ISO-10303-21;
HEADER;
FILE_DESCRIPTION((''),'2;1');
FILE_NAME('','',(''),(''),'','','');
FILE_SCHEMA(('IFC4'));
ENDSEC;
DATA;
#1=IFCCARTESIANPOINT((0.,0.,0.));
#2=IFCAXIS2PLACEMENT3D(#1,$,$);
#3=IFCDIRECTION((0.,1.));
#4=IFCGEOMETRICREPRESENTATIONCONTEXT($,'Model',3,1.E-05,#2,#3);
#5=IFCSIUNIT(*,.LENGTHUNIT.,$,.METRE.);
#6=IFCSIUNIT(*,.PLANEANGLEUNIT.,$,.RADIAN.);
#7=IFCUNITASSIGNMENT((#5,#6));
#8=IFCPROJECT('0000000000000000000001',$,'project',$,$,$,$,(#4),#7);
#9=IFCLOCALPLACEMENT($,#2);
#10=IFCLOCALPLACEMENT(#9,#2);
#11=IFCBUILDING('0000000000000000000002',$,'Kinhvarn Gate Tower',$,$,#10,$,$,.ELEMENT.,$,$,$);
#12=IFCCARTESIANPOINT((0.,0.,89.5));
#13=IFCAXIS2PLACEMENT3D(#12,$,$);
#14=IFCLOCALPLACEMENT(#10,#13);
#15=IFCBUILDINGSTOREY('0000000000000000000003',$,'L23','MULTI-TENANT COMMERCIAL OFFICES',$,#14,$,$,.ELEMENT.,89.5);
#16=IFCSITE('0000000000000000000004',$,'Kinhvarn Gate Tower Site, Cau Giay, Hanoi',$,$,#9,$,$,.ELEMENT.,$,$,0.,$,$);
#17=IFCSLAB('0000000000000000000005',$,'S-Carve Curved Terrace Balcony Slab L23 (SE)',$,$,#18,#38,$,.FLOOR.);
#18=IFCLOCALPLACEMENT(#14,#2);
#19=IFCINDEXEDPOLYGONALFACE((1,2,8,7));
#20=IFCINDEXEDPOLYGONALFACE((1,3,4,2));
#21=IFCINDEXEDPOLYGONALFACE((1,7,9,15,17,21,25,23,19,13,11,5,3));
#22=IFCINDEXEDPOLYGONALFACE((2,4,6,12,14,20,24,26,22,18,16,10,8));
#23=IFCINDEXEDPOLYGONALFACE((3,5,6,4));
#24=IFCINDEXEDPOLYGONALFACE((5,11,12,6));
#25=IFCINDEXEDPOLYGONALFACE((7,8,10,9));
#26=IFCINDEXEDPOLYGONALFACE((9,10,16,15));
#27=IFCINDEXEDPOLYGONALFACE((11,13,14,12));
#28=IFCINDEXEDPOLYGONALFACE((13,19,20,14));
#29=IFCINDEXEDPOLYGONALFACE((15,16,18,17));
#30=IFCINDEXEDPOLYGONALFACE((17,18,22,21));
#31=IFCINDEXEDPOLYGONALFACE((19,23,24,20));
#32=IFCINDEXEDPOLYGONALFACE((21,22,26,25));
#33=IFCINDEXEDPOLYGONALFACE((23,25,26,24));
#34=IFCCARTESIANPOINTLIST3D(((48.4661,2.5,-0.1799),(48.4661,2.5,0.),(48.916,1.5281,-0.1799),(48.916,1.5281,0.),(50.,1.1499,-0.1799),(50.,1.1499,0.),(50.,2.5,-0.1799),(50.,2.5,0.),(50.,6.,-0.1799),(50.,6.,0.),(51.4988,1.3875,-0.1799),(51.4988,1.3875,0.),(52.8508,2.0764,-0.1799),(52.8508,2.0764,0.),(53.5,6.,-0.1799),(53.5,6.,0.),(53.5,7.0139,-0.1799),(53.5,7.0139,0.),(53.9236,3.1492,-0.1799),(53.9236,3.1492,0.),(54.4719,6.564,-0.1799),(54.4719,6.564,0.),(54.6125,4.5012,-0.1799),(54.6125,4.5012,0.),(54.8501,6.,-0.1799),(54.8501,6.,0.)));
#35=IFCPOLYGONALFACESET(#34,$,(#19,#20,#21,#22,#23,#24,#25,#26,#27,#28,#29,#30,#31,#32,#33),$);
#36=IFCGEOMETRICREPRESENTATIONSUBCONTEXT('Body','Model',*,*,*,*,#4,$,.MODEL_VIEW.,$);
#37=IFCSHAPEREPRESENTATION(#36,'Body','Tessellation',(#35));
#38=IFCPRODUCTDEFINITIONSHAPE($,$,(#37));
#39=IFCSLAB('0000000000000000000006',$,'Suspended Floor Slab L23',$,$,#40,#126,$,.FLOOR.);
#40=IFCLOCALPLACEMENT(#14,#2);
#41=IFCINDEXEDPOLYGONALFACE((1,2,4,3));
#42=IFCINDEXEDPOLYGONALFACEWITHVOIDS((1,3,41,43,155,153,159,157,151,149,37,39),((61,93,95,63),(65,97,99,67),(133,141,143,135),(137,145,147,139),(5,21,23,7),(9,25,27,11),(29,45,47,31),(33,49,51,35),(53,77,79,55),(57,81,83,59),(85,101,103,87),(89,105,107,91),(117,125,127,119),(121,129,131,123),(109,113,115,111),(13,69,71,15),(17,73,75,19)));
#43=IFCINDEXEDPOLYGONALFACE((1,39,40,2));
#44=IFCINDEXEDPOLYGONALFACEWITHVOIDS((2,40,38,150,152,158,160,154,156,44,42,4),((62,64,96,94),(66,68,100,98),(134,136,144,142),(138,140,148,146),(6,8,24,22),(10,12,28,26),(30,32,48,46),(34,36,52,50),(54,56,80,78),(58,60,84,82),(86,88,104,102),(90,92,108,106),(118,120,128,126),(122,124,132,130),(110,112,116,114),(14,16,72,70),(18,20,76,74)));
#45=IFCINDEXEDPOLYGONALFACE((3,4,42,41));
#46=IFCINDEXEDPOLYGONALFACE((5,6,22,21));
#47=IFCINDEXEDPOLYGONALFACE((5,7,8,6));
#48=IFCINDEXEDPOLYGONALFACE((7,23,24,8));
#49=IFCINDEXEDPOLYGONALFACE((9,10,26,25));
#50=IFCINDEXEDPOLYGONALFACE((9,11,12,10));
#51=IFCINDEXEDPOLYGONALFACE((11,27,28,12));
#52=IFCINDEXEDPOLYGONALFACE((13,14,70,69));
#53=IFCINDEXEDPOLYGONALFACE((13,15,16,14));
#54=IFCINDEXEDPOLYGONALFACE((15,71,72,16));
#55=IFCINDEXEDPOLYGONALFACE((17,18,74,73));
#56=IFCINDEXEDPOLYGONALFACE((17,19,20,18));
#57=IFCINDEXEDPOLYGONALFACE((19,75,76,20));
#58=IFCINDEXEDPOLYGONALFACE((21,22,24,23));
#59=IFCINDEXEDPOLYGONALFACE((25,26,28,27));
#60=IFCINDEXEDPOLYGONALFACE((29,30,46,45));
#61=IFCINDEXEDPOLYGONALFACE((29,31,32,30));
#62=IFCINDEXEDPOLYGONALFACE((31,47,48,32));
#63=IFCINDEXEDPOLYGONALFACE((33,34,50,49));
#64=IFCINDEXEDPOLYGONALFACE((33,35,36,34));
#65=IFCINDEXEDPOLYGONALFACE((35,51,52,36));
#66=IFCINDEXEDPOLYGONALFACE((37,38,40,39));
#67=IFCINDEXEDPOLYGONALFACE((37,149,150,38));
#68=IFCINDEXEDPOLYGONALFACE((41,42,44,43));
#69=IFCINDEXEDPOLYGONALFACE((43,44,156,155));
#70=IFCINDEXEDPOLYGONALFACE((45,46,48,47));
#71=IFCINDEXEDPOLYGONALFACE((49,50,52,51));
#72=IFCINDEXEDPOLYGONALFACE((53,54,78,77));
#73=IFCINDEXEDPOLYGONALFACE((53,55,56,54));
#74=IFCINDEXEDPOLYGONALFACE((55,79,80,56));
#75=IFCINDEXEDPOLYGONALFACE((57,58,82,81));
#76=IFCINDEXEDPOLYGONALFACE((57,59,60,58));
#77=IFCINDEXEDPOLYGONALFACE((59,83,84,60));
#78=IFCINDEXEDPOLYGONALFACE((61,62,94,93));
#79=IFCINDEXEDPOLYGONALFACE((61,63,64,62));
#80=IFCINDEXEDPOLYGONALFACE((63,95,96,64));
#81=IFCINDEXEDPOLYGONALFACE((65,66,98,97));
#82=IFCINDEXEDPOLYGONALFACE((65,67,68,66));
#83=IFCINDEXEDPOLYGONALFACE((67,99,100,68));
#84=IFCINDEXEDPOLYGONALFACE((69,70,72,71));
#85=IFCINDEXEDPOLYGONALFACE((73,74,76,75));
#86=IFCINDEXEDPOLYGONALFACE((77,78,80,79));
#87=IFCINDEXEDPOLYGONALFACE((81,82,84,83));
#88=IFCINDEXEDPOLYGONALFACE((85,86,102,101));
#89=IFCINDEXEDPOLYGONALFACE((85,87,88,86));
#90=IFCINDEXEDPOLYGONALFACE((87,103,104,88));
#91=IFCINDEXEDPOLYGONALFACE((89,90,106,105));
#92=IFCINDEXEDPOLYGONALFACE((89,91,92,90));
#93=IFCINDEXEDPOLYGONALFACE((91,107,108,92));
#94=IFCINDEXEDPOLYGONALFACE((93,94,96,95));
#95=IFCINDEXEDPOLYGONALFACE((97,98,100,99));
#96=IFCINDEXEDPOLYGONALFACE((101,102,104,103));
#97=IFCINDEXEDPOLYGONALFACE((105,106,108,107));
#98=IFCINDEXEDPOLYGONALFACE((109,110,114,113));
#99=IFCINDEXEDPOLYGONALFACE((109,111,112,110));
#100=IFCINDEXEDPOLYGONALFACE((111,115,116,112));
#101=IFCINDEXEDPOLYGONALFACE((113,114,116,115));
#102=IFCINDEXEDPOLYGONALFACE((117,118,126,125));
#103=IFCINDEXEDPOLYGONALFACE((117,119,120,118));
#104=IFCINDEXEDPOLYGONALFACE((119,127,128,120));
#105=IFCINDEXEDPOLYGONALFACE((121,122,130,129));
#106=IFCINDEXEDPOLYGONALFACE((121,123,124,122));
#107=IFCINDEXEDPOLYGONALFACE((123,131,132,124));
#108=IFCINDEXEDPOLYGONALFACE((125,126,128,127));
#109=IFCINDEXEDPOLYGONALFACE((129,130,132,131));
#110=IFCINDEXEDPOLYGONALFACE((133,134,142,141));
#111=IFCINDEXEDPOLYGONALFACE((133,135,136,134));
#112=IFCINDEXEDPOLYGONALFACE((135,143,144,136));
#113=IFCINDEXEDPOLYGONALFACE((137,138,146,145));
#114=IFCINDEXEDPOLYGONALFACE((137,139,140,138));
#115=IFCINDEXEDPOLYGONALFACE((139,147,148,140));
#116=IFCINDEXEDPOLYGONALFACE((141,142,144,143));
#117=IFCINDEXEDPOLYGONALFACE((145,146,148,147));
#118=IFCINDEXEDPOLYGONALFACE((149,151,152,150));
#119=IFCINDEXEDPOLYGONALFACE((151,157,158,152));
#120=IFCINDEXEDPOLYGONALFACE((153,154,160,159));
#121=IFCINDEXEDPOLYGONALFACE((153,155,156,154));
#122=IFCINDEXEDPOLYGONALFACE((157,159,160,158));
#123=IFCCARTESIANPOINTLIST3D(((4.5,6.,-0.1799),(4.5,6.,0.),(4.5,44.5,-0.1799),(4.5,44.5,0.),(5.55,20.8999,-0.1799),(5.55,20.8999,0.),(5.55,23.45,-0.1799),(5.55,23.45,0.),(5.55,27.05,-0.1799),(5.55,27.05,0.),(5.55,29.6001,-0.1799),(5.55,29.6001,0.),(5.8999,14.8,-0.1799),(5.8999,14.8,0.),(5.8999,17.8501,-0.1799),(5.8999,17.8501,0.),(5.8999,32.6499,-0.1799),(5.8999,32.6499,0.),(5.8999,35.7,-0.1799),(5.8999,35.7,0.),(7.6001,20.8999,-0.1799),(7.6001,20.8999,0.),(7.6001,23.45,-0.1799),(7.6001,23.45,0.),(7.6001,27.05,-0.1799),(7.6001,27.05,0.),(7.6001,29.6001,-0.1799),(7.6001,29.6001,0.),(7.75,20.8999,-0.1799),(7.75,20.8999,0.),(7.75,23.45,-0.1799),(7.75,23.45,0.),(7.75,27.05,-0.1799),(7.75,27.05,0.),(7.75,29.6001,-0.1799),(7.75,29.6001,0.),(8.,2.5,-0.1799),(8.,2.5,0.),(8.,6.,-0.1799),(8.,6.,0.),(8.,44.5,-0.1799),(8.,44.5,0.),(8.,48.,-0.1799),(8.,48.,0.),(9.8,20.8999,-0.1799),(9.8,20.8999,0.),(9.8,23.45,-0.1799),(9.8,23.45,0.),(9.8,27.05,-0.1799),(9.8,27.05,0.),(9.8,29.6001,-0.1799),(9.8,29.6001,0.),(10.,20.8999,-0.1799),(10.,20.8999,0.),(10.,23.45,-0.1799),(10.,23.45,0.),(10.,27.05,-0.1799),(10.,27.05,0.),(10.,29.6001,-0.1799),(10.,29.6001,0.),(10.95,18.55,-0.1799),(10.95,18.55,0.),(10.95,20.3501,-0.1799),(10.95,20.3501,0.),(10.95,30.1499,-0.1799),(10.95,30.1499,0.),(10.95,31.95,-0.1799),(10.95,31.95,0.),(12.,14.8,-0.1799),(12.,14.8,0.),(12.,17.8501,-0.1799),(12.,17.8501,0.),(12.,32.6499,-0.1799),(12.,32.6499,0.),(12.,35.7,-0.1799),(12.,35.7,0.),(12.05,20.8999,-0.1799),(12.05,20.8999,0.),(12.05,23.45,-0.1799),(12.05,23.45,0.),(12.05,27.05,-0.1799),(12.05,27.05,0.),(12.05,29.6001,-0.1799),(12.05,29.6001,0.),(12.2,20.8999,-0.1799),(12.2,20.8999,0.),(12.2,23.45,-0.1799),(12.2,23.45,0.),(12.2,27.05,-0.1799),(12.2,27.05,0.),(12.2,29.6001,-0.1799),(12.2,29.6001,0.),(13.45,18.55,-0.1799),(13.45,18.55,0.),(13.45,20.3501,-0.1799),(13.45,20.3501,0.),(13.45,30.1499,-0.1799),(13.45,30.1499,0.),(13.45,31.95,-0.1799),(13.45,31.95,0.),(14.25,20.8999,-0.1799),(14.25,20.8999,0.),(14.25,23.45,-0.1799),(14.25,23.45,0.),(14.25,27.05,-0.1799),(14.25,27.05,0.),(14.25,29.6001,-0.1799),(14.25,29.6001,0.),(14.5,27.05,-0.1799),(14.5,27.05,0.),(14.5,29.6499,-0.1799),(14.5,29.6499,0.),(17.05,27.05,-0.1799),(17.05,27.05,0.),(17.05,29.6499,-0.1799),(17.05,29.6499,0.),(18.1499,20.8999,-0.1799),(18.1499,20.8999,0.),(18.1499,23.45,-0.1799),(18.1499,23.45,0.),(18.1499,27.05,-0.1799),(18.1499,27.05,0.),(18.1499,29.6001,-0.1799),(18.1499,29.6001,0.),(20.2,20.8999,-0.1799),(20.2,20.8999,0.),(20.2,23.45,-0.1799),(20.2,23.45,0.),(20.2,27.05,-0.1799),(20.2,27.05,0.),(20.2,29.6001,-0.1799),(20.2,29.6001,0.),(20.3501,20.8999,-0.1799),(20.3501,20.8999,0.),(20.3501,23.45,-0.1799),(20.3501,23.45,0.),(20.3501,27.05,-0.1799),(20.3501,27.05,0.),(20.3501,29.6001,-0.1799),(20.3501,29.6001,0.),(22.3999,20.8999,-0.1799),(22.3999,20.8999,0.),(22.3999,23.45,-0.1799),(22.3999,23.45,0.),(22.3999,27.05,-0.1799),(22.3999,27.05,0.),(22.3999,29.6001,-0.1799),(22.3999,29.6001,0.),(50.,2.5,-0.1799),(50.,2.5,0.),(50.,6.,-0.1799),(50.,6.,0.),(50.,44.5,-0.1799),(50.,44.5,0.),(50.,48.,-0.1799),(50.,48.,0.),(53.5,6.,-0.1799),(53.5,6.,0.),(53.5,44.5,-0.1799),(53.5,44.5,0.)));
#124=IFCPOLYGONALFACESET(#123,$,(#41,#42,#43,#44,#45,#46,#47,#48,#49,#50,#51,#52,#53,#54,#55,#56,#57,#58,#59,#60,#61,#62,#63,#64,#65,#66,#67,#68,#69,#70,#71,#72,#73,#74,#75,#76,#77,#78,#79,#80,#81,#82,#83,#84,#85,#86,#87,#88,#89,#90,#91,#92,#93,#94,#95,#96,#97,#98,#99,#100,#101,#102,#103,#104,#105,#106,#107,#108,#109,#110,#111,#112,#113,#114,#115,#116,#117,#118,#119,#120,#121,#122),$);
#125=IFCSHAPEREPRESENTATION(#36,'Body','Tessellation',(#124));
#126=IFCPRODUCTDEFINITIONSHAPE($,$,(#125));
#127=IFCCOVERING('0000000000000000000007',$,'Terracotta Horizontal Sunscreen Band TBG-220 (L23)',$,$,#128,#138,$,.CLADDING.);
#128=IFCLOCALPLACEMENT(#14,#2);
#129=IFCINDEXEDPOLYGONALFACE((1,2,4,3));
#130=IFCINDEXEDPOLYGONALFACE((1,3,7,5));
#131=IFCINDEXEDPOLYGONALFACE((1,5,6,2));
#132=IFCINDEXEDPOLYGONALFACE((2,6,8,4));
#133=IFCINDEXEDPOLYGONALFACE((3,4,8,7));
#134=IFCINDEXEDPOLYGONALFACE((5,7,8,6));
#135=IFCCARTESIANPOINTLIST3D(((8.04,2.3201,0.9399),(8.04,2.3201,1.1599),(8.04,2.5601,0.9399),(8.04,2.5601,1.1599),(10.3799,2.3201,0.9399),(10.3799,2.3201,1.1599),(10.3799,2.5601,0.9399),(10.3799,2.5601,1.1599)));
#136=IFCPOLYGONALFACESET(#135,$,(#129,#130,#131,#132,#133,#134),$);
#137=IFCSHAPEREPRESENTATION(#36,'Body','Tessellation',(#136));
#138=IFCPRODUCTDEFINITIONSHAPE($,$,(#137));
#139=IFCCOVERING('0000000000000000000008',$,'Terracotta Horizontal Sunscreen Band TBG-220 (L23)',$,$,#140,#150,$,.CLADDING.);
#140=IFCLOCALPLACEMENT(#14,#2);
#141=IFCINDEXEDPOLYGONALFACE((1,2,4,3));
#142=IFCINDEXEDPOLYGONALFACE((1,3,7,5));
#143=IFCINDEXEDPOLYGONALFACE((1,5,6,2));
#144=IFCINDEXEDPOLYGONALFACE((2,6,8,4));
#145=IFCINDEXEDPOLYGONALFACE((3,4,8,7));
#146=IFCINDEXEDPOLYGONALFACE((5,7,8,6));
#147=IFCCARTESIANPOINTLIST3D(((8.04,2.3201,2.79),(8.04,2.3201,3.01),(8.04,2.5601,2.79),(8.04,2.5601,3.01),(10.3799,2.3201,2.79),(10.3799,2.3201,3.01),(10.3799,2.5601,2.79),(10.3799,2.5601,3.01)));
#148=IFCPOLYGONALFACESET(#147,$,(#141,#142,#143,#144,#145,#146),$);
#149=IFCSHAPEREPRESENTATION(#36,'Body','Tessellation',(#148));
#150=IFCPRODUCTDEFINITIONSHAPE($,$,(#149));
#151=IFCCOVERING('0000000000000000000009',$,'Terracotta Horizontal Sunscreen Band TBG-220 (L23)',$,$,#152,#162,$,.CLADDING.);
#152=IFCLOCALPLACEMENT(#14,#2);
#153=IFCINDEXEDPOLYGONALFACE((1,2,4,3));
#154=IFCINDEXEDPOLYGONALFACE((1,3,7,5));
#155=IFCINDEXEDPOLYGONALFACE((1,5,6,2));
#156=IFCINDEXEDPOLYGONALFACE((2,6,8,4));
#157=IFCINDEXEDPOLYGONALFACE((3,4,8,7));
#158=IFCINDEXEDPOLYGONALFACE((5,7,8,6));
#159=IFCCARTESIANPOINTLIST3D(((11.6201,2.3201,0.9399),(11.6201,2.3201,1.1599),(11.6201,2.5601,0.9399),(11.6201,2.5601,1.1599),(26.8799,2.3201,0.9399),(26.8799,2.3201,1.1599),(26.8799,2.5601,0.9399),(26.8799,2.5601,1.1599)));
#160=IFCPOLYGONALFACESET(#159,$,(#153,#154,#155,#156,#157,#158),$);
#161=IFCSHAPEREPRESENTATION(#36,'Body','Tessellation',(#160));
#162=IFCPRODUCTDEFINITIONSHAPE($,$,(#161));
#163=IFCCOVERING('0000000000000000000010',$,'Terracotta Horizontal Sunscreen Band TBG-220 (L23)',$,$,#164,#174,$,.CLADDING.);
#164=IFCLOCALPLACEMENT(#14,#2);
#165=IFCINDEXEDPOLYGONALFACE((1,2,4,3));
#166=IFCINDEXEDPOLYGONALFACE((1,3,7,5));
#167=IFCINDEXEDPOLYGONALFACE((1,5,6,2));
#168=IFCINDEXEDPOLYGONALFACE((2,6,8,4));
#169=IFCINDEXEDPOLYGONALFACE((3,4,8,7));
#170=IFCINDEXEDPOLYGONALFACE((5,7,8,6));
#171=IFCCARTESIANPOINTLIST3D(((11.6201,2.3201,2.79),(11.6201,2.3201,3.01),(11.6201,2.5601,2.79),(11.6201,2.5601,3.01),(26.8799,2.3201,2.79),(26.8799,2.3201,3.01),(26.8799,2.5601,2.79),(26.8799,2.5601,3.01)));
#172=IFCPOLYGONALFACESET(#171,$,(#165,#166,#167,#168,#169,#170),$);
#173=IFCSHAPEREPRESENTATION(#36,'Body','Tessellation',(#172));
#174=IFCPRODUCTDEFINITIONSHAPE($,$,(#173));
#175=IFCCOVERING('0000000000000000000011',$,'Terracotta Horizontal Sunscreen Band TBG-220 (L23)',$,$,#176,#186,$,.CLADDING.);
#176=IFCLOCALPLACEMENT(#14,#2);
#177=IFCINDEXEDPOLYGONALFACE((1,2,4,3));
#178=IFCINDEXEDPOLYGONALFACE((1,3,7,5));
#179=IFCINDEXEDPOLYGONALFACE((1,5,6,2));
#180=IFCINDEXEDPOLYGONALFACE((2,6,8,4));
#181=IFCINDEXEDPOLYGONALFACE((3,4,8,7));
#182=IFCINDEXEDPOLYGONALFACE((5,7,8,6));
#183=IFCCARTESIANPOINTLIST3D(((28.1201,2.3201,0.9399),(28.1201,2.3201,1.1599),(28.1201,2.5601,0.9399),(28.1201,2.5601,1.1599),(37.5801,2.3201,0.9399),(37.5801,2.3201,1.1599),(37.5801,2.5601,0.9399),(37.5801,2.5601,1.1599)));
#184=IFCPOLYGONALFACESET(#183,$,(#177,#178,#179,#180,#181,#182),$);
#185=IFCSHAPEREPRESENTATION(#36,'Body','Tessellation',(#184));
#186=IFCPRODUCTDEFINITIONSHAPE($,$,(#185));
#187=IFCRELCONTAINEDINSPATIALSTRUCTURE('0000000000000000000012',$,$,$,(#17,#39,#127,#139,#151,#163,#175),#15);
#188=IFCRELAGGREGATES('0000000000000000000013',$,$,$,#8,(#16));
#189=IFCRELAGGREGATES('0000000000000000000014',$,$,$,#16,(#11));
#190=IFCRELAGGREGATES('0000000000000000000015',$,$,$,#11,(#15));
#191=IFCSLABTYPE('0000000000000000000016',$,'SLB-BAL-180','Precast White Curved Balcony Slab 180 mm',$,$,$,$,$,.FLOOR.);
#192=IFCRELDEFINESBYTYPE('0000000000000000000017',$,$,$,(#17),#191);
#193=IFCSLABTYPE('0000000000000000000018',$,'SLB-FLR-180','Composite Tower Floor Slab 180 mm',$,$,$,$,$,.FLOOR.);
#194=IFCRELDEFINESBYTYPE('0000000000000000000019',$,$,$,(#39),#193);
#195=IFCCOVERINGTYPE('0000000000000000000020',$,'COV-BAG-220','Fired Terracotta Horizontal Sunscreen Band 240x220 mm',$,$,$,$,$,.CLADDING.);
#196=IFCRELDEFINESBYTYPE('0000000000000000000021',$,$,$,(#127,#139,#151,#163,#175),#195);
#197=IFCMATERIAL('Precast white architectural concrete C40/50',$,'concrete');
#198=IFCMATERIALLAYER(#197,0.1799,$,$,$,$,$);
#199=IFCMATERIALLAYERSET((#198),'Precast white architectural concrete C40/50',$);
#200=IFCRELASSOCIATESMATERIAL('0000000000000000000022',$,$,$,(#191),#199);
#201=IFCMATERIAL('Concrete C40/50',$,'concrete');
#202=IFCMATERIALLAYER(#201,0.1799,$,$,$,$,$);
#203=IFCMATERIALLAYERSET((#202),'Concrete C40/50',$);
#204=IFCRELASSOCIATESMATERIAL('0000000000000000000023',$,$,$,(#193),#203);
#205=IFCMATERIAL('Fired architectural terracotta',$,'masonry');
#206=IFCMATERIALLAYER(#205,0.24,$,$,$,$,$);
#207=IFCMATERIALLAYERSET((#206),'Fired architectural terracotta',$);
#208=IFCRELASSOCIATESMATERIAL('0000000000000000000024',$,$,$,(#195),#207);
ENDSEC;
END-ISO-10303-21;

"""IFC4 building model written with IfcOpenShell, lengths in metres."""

from ifc_helpers import new_model, si_unit, direction, frame, origin, place, context, subcontext, project, spatial, polyline, outline, extrude, material, layer, layer_set, type_object, element, save


model = new_model("IFC4")

# Units and contexts
model_context = context("Model", 3, precision=1e-05, world=origin(), true_north=direction((0.0, 1.0)))
body_context = subcontext(model_context, "Body", "Model", "MODEL_VIEW")
ifc_project = project(units=[si_unit("LENGTHUNIT", "METRE"), si_unit("PLANEANGLEUNIT", "RADIAN")], contexts=[model_context])

# Site, building, storey
site_placement = place(None, origin())
site = spatial("IfcSite", under=ifc_project, at=site_placement, Name="Kinhvarn Gate Tower Site, Cau Giay, Hanoi", CompositionType="ELEMENT", RefElevation=0.0)
building_placement = place(site_placement, origin())
building = spatial("IfcBuilding", under=site, at=building_placement, Name="Kinhvarn Gate Tower", CompositionType="ELEMENT")
storey_placement = place(building_placement, frame((0.0, 0.0, 89.5)))
storey = spatial("IfcBuildingStorey", under=building, at=storey_placement, Name="L23", Description="MULTI-TENANT COMMERCIAL OFFICES", CompositionType="ELEMENT", Elevation=89.5)

# Slabs
ifc_material_1 = material(Name="Precast white architectural concrete C40/50", Category="concrete")
ifc_layer_1 = layer(ifc_material_1, 0.1799)
ifc_layer_set_1 = layer_set([ifc_layer_1], Name="Precast white architectural concrete C40/50")
slab_type_1 = type_object("IfcSlabType", Name="SLB-BAL-180", Description="Precast White Curved Balcony Slab 180 mm", PredefinedType="FLOOR", material=ifc_layer_set_1)
slab_1_placement = place(storey_placement, frame((0.0, 0.0, -0.1799)))
element("IfcSlab", 1, at=slab_1_placement, inside=storey, type_object=slab_type_1, Name="S-Carve Curved Terrace Balcony Slab L23 (SE)", PredefinedType="FLOOR", context=body_context, shape_type="SweptSolid", body=[
    extrude(outline(polyline([(48.4661, 2.5), (48.916, 1.5281), (50.0, 1.1499), (51.4988, 1.3875), (52.8508, 2.0764), (53.9236, 3.1492), (54.6125, 4.5012), (54.8501, 6.0), (54.4719, 6.564), (53.5, 7.0139), (53.5, 6.0), (50.0, 6.0), (50.0, 2.5), (48.4661, 2.5)])), origin(), (0.0, 0.0, 1.0), 0.1799),
])
ifc_material_2 = material(Name="Concrete C40/50", Category="concrete")
ifc_layer_2 = layer(ifc_material_2, 0.1799)
ifc_layer_set_2 = layer_set([ifc_layer_2], Name="Concrete C40/50")
slab_type_2 = type_object("IfcSlabType", Name="SLB-FLR-180", Description="Composite Tower Floor Slab 180 mm", PredefinedType="FLOOR", material=ifc_layer_set_2)
slab_2_placement = place(storey_placement, frame((0.0, 0.0, -0.1799)))
element("IfcSlab", 2, at=slab_2_placement, inside=storey, type_object=slab_type_2, Name="Suspended Floor Slab L23", PredefinedType="FLOOR", context=body_context, shape_type="SweptSolid", body=[
    extrude(outline(polyline([(8.0, 2.5), (50.0, 2.5), (50.0, 6.0), (53.5, 6.0), (53.5, 44.5), (50.0, 44.5), (50.0, 48.0), (8.0, 48.0), (8.0, 44.5), (4.5, 44.5), (4.5, 6.0), (8.0, 6.0), (8.0, 2.5)]), holes=[polyline([(5.8999, 14.8), (12.0, 14.8), (12.0, 17.8501), (5.8999, 17.8501), (5.8999, 14.8)]), polyline([(5.8999, 32.6499), (12.0, 32.6499), (12.0, 35.7), (5.8999, 35.7), (5.8999, 32.6499)]), polyline([(18.1499, 20.8999), (20.2, 20.8999), (20.2, 23.45), (18.1499, 23.45), (18.1499, 20.8999)]), polyline([(20.3501, 20.8999), (22.3999, 20.8999), (22.3999, 23.45), (20.3501, 23.45), (20.3501, 20.8999)]), polyline([(18.1499, 27.05), (20.2, 27.05), (20.2, 29.6001), (18.1499, 29.6001), (18.1499, 27.05)]), polyline([(20.3501, 27.05), (22.3999, 27.05), (22.3999, 29.6001), (20.3501, 29.6001), (20.3501, 27.05)]), polyline([(5.55, 20.8999), (7.6001, 20.8999), (7.6001, 23.45), (5.55, 23.45), (5.55, 20.8999)]), polyline([(7.75, 20.8999), (9.8, 20.8999), (9.8, 23.45), (7.75, 23.45), (7.75, 20.8999)]), polyline([(5.55, 27.05), (7.6001, 27.05), (7.6001, 29.6001), (5.55, 29.6001), (5.55, 27.05)]), polyline([(7.75, 27.05), (9.8, 27.05), (9.8, 29.6001), (7.75, 29.6001), (7.75, 27.05)]), polyline([(10.0, 20.8999), (12.05, 20.8999), (12.05, 23.45), (10.0, 23.45), (10.0, 20.8999)]), polyline([(12.2, 20.8999), (14.25, 20.8999), (14.25, 23.45), (12.2, 23.45), (12.2, 20.8999)]), polyline([(10.0, 27.05), (12.05, 27.05), (12.05, 29.6001), (10.0, 29.6001), (10.0, 27.05)]), polyline([(12.2, 27.05), (14.25, 27.05), (14.25, 29.6001), (12.2, 29.6001), (12.2, 27.05)]), polyline([(14.5, 27.05), (17.05, 27.05), (17.05, 29.6499), (14.5, 29.6499), (14.5, 27.05)]), polyline([(10.95, 18.55), (13.45, 18.55), (13.45, 20.3501), (10.95, 20.3501), (10.95, 18.55)]), polyline([(10.95, 30.1499), (13.45, 30.1499), (13.45, 31.95), (10.95, 31.95), (10.95, 30.1499)])]), origin(), (0.0, 0.0, 1.0), 0.1799),
])

# Coverings
ifc_material_3 = material(Name="Fired architectural terracotta", Category="masonry")
ifc_layer_3 = layer(ifc_material_3, 0.24)
ifc_layer_set_3 = layer_set([ifc_layer_3], Name="Fired architectural terracotta")
covering_type_1 = type_object("IfcCoveringType", Name="COV-BAG-220", Description="Fired Terracotta Horizontal Sunscreen Band 240x220 mm", PredefinedType="CLADDING", material=ifc_layer_set_3)
for number, where, name in (
    (3, (0.0, 0.0, 0.9399), "Terracotta Horizontal Sunscreen Band TBG-220 (L23)"),
    (4, (0.0, 0.0, 2.79), "Terracotta Horizontal Sunscreen Band TBG-220 (L23)"),
):
    element("IfcCovering", number, at=place(storey_placement, frame(where)), inside=storey, type_object=covering_type_1, Name=name, PredefinedType="CLADDING", context=body_context, shape_type="SweptSolid", body=[
        extrude(outline(polyline([(8.04, 2.5601), (10.3799, 2.5601), (10.3799, 2.3201), (8.04, 2.3201), (8.04, 2.5601)])), origin(), (0.0, 0.0, 1.0), 0.22),
    ])
for number, where, name in (
    (5, (0.0, 0.0, 0.9399), "Terracotta Horizontal Sunscreen Band TBG-220 (L23)"),
    (6, (0.0, 0.0, 2.79), "Terracotta Horizontal Sunscreen Band TBG-220 (L23)"),
):
    element("IfcCovering", number, at=place(storey_placement, frame(where)), inside=storey, type_object=covering_type_1, Name=name, PredefinedType="CLADDING", context=body_context, shape_type="SweptSolid", body=[
        extrude(outline(polyline([(11.6201, 2.5601), (26.8799, 2.5601), (26.8799, 2.3201), (11.6201, 2.3201), (11.6201, 2.5601)])), origin(), (0.0, 0.0, 1.0), 0.22),
    ])
for number, where, name in (
    (7, (0.0, 0.0, 0.9399), "Terracotta Horizontal Sunscreen Band TBG-220 (L23)"),
):
    element("IfcCovering", number, at=place(storey_placement, frame(where)), inside=storey, type_object=covering_type_1, Name=name, PredefinedType="CLADDING", context=body_context, shape_type="SweptSolid", body=[
        extrude(outline(polyline([(28.1201, 2.5601), (37.5801, 2.5601), (37.5801, 2.3201), (28.1201, 2.3201), (28.1201, 2.5601)])), origin(), (0.0, 0.0, 1.0), 0.22),
    ])

save(model, "model.ifc")
